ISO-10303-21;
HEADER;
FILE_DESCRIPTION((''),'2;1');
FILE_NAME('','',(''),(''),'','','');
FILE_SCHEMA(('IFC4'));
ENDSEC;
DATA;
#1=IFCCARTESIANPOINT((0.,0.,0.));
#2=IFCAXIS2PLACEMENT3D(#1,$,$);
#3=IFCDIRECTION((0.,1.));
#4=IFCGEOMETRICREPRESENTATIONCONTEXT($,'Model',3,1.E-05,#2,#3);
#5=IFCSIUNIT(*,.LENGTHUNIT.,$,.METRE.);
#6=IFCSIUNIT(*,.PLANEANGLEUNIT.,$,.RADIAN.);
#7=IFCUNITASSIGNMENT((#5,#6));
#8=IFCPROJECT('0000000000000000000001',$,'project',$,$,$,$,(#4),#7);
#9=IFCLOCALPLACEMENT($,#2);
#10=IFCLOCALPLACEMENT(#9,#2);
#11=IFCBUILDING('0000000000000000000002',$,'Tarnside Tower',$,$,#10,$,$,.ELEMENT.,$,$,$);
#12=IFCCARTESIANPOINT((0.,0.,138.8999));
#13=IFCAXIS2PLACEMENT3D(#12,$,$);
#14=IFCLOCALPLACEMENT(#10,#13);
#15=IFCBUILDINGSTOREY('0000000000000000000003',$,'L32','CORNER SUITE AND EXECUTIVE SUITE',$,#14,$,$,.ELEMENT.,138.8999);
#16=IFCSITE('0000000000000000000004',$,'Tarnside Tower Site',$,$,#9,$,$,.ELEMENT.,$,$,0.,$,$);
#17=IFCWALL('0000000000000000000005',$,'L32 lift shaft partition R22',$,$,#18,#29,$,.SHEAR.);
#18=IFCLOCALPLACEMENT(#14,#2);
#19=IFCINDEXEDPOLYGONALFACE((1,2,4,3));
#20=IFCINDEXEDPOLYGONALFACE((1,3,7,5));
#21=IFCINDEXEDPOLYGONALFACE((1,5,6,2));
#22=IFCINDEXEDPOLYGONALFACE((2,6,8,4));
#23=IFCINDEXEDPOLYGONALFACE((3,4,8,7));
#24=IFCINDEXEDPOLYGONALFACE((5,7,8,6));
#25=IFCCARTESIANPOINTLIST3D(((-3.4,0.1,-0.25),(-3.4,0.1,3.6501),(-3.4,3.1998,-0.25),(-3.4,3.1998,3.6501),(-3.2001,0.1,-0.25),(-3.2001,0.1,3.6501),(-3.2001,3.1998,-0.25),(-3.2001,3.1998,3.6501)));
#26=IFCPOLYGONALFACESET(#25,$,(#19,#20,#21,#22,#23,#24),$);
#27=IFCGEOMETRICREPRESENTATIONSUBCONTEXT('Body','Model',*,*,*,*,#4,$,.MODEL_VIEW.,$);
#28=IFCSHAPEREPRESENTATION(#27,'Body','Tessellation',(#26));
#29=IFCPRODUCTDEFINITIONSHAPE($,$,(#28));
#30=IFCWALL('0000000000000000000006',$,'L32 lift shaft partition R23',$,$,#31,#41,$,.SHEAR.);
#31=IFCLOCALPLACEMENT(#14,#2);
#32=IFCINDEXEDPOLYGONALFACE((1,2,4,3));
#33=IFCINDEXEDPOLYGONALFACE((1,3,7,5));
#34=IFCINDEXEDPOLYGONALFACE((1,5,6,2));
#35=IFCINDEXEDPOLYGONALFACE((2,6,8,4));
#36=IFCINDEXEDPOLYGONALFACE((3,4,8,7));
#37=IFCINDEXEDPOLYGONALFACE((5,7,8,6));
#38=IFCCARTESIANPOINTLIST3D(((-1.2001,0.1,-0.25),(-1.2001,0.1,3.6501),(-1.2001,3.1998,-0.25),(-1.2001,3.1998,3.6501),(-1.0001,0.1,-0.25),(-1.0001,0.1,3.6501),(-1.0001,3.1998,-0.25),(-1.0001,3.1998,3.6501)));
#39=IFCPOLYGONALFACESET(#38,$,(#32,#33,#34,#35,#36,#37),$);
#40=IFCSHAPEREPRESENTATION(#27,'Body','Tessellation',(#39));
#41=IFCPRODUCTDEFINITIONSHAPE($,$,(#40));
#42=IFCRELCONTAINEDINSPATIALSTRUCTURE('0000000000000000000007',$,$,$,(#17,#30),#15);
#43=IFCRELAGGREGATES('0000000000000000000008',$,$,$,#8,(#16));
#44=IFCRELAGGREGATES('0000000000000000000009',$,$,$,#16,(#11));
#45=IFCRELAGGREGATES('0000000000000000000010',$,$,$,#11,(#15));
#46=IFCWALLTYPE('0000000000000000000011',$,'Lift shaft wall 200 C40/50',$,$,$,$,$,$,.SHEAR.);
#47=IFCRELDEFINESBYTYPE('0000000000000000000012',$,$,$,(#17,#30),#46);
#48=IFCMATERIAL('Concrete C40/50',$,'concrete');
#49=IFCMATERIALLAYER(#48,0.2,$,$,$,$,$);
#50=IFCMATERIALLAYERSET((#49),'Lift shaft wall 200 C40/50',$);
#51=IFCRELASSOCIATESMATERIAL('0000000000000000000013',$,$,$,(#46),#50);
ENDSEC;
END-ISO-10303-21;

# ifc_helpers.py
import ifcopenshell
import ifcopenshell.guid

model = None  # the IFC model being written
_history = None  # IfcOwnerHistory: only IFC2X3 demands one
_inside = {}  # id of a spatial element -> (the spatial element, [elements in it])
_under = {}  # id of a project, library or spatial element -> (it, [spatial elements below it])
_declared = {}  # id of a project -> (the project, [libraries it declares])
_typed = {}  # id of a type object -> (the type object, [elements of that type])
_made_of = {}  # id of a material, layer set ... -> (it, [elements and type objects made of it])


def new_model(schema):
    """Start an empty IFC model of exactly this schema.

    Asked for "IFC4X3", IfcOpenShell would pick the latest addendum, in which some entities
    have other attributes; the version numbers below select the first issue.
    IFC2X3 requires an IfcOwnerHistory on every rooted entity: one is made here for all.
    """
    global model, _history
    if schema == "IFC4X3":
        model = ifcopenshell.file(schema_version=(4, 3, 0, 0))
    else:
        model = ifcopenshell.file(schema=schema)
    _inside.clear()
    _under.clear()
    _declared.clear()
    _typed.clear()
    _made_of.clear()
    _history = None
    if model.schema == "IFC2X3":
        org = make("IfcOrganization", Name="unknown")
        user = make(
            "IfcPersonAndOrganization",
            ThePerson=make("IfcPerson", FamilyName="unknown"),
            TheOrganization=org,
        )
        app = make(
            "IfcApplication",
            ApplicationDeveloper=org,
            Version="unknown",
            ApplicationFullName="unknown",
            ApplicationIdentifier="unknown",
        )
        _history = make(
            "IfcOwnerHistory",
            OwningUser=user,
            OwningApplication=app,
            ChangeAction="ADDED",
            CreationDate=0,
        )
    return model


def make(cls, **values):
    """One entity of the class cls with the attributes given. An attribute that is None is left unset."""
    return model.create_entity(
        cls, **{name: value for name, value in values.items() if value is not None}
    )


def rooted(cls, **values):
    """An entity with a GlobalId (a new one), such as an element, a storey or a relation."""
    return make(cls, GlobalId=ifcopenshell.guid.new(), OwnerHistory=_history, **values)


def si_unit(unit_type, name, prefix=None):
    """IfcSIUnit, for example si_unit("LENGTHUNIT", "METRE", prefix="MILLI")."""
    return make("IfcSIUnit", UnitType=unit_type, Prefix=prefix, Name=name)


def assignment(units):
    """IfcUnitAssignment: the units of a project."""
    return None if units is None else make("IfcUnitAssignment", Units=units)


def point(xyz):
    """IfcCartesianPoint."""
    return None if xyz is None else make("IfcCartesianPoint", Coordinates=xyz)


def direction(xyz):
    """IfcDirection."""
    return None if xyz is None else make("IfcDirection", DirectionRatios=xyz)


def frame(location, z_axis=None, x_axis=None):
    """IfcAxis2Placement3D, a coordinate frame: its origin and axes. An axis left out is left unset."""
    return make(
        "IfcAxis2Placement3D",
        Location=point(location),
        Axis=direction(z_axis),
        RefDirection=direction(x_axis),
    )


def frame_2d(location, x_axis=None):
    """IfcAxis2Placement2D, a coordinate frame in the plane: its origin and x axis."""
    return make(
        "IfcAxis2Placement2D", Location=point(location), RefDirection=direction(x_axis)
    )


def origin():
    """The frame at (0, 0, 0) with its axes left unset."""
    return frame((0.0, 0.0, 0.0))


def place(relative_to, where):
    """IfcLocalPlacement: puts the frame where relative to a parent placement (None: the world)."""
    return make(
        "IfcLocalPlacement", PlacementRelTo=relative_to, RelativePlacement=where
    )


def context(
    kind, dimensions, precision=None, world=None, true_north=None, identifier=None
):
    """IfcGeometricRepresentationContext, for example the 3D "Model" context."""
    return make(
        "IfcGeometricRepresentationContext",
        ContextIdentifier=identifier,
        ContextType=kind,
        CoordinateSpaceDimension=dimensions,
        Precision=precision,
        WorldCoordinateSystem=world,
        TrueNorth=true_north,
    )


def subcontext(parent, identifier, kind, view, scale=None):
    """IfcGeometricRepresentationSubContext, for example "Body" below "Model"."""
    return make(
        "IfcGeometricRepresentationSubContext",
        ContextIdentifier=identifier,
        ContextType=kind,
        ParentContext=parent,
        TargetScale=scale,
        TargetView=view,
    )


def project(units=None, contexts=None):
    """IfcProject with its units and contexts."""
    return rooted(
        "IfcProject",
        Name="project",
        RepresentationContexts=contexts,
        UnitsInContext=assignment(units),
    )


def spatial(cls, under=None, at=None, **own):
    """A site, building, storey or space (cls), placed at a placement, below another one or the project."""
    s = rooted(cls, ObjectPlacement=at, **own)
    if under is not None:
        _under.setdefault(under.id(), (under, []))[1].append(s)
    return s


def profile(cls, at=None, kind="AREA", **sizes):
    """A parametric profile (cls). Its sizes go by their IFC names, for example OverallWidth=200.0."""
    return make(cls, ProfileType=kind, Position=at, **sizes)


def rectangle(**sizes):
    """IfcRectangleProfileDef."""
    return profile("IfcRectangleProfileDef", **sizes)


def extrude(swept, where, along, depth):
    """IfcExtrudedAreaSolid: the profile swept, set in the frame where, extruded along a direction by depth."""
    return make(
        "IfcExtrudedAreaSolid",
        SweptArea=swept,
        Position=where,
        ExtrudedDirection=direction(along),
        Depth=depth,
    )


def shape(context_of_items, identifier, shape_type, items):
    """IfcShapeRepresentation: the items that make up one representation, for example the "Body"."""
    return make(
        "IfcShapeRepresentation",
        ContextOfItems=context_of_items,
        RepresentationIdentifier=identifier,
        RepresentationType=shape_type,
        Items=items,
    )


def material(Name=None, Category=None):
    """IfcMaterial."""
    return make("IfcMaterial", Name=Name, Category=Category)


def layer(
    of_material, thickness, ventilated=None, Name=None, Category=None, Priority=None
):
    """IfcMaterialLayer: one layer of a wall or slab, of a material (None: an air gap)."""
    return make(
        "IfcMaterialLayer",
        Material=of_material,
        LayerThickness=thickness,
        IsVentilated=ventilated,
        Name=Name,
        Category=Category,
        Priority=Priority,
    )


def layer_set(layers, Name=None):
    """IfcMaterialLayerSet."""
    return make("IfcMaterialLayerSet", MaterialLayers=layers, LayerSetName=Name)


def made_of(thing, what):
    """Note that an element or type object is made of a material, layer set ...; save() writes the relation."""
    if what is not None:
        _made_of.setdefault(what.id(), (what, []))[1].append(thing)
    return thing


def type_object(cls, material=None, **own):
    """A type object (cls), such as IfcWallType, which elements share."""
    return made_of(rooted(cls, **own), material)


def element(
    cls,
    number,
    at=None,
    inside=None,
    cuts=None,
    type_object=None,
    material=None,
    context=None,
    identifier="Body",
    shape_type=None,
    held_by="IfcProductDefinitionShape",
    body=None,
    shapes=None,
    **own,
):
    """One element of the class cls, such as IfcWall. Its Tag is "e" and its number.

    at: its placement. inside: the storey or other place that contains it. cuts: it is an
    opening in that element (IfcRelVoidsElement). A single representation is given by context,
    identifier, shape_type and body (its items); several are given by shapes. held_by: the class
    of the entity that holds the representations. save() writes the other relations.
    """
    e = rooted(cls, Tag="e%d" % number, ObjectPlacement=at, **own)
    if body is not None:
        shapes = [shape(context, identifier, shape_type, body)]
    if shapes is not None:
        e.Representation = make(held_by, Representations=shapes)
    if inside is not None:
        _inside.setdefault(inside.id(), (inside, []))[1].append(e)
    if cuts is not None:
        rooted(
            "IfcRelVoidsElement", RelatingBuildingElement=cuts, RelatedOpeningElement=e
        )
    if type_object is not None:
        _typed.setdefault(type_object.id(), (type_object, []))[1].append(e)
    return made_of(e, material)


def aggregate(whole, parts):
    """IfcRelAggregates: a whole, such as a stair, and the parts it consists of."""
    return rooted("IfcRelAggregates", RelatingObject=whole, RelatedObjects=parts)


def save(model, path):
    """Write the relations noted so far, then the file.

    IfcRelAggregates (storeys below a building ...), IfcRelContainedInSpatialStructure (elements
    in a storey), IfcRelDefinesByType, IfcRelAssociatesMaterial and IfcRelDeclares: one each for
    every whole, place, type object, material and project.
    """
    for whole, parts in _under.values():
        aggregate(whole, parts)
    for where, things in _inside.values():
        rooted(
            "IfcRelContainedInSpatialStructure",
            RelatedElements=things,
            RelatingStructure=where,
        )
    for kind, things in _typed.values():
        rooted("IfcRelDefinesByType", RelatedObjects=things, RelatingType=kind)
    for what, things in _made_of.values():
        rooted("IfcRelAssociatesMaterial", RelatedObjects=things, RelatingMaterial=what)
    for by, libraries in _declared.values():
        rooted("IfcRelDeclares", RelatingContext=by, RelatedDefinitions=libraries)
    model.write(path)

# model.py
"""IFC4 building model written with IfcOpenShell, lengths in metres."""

from ifc_helpers import new_model, si_unit, direction, frame, frame_2d, origin, place, context, subcontext, project, spatial, rectangle, extrude, material, layer, layer_set, type_object, element, save


model = new_model("IFC4")

# Units and contexts
model_context = context("Model", 3, precision=1e-05, world=origin(), true_north=direction((0.0, 1.0)))
body_context = subcontext(model_context, "Body", "Model", "MODEL_VIEW")
ifc_project = project(units=[si_unit("LENGTHUNIT", "METRE"), si_unit("PLANEANGLEUNIT", "RADIAN")], contexts=[model_context])

# Site, building, storey
site_placement = place(None, origin())
site = spatial("IfcSite", under=ifc_project, at=site_placement, Name="Tarnside Tower Site", CompositionType="ELEMENT", RefElevation=0.0)
building_placement = place(site_placement, origin())
building = spatial("IfcBuilding", under=site, at=building_placement, Name="Tarnside Tower", CompositionType="ELEMENT")
storey_placement = place(building_placement, frame((0.0, 0.0, 138.8999)))
storey = spatial("IfcBuildingStorey", under=building, at=storey_placement, Name="L32", Description="CORNER SUITE AND EXECUTIVE SUITE", CompositionType="ELEMENT", Elevation=138.8999)

# Shared definitions
ifc_material_1 = material(Name="Concrete C40/50", Category="concrete")

# Shared definitions
ifc_layer_1 = layer(ifc_material_1, 0.2)
ifc_layer_set_1 = layer_set([ifc_layer_1], Name="Lift shaft wall 200 C40/50")
wall_type = type_object("IfcWallType", Name="Lift shaft wall 200 C40/50", PredefinedType="SHEAR", material=ifc_layer_set_1)

# Walls
for number, where, z_axis, x_axis, name in (
    (1, (-3.3, 0.1001, -0.25), (0.0, 0.0, 1.0), (0.0, 1.0, 0.0), "L32 lift shaft partition R22"),
    (2, (-1.1001, 0.1001, -0.25), (0.0, 0.0, 1.0), (0.0, 1.0, 0.0), "L32 lift shaft partition R23"),
):
    element("IfcWall", number, at=place(storey_placement, frame(where, z_axis=z_axis, x_axis=x_axis)), inside=storey, type_object=wall_type, Name=name, PredefinedType="SHEAR", context=body_context, shape_type="SweptSolid", body=[
        extrude(rectangle(XDim=3.0999, YDim=0.2, at=frame_2d((1.5498, 0.0))), origin(), (0.0, 0.0, 1.0), 3.9001),
    ])

save(model, "model.ifc")
